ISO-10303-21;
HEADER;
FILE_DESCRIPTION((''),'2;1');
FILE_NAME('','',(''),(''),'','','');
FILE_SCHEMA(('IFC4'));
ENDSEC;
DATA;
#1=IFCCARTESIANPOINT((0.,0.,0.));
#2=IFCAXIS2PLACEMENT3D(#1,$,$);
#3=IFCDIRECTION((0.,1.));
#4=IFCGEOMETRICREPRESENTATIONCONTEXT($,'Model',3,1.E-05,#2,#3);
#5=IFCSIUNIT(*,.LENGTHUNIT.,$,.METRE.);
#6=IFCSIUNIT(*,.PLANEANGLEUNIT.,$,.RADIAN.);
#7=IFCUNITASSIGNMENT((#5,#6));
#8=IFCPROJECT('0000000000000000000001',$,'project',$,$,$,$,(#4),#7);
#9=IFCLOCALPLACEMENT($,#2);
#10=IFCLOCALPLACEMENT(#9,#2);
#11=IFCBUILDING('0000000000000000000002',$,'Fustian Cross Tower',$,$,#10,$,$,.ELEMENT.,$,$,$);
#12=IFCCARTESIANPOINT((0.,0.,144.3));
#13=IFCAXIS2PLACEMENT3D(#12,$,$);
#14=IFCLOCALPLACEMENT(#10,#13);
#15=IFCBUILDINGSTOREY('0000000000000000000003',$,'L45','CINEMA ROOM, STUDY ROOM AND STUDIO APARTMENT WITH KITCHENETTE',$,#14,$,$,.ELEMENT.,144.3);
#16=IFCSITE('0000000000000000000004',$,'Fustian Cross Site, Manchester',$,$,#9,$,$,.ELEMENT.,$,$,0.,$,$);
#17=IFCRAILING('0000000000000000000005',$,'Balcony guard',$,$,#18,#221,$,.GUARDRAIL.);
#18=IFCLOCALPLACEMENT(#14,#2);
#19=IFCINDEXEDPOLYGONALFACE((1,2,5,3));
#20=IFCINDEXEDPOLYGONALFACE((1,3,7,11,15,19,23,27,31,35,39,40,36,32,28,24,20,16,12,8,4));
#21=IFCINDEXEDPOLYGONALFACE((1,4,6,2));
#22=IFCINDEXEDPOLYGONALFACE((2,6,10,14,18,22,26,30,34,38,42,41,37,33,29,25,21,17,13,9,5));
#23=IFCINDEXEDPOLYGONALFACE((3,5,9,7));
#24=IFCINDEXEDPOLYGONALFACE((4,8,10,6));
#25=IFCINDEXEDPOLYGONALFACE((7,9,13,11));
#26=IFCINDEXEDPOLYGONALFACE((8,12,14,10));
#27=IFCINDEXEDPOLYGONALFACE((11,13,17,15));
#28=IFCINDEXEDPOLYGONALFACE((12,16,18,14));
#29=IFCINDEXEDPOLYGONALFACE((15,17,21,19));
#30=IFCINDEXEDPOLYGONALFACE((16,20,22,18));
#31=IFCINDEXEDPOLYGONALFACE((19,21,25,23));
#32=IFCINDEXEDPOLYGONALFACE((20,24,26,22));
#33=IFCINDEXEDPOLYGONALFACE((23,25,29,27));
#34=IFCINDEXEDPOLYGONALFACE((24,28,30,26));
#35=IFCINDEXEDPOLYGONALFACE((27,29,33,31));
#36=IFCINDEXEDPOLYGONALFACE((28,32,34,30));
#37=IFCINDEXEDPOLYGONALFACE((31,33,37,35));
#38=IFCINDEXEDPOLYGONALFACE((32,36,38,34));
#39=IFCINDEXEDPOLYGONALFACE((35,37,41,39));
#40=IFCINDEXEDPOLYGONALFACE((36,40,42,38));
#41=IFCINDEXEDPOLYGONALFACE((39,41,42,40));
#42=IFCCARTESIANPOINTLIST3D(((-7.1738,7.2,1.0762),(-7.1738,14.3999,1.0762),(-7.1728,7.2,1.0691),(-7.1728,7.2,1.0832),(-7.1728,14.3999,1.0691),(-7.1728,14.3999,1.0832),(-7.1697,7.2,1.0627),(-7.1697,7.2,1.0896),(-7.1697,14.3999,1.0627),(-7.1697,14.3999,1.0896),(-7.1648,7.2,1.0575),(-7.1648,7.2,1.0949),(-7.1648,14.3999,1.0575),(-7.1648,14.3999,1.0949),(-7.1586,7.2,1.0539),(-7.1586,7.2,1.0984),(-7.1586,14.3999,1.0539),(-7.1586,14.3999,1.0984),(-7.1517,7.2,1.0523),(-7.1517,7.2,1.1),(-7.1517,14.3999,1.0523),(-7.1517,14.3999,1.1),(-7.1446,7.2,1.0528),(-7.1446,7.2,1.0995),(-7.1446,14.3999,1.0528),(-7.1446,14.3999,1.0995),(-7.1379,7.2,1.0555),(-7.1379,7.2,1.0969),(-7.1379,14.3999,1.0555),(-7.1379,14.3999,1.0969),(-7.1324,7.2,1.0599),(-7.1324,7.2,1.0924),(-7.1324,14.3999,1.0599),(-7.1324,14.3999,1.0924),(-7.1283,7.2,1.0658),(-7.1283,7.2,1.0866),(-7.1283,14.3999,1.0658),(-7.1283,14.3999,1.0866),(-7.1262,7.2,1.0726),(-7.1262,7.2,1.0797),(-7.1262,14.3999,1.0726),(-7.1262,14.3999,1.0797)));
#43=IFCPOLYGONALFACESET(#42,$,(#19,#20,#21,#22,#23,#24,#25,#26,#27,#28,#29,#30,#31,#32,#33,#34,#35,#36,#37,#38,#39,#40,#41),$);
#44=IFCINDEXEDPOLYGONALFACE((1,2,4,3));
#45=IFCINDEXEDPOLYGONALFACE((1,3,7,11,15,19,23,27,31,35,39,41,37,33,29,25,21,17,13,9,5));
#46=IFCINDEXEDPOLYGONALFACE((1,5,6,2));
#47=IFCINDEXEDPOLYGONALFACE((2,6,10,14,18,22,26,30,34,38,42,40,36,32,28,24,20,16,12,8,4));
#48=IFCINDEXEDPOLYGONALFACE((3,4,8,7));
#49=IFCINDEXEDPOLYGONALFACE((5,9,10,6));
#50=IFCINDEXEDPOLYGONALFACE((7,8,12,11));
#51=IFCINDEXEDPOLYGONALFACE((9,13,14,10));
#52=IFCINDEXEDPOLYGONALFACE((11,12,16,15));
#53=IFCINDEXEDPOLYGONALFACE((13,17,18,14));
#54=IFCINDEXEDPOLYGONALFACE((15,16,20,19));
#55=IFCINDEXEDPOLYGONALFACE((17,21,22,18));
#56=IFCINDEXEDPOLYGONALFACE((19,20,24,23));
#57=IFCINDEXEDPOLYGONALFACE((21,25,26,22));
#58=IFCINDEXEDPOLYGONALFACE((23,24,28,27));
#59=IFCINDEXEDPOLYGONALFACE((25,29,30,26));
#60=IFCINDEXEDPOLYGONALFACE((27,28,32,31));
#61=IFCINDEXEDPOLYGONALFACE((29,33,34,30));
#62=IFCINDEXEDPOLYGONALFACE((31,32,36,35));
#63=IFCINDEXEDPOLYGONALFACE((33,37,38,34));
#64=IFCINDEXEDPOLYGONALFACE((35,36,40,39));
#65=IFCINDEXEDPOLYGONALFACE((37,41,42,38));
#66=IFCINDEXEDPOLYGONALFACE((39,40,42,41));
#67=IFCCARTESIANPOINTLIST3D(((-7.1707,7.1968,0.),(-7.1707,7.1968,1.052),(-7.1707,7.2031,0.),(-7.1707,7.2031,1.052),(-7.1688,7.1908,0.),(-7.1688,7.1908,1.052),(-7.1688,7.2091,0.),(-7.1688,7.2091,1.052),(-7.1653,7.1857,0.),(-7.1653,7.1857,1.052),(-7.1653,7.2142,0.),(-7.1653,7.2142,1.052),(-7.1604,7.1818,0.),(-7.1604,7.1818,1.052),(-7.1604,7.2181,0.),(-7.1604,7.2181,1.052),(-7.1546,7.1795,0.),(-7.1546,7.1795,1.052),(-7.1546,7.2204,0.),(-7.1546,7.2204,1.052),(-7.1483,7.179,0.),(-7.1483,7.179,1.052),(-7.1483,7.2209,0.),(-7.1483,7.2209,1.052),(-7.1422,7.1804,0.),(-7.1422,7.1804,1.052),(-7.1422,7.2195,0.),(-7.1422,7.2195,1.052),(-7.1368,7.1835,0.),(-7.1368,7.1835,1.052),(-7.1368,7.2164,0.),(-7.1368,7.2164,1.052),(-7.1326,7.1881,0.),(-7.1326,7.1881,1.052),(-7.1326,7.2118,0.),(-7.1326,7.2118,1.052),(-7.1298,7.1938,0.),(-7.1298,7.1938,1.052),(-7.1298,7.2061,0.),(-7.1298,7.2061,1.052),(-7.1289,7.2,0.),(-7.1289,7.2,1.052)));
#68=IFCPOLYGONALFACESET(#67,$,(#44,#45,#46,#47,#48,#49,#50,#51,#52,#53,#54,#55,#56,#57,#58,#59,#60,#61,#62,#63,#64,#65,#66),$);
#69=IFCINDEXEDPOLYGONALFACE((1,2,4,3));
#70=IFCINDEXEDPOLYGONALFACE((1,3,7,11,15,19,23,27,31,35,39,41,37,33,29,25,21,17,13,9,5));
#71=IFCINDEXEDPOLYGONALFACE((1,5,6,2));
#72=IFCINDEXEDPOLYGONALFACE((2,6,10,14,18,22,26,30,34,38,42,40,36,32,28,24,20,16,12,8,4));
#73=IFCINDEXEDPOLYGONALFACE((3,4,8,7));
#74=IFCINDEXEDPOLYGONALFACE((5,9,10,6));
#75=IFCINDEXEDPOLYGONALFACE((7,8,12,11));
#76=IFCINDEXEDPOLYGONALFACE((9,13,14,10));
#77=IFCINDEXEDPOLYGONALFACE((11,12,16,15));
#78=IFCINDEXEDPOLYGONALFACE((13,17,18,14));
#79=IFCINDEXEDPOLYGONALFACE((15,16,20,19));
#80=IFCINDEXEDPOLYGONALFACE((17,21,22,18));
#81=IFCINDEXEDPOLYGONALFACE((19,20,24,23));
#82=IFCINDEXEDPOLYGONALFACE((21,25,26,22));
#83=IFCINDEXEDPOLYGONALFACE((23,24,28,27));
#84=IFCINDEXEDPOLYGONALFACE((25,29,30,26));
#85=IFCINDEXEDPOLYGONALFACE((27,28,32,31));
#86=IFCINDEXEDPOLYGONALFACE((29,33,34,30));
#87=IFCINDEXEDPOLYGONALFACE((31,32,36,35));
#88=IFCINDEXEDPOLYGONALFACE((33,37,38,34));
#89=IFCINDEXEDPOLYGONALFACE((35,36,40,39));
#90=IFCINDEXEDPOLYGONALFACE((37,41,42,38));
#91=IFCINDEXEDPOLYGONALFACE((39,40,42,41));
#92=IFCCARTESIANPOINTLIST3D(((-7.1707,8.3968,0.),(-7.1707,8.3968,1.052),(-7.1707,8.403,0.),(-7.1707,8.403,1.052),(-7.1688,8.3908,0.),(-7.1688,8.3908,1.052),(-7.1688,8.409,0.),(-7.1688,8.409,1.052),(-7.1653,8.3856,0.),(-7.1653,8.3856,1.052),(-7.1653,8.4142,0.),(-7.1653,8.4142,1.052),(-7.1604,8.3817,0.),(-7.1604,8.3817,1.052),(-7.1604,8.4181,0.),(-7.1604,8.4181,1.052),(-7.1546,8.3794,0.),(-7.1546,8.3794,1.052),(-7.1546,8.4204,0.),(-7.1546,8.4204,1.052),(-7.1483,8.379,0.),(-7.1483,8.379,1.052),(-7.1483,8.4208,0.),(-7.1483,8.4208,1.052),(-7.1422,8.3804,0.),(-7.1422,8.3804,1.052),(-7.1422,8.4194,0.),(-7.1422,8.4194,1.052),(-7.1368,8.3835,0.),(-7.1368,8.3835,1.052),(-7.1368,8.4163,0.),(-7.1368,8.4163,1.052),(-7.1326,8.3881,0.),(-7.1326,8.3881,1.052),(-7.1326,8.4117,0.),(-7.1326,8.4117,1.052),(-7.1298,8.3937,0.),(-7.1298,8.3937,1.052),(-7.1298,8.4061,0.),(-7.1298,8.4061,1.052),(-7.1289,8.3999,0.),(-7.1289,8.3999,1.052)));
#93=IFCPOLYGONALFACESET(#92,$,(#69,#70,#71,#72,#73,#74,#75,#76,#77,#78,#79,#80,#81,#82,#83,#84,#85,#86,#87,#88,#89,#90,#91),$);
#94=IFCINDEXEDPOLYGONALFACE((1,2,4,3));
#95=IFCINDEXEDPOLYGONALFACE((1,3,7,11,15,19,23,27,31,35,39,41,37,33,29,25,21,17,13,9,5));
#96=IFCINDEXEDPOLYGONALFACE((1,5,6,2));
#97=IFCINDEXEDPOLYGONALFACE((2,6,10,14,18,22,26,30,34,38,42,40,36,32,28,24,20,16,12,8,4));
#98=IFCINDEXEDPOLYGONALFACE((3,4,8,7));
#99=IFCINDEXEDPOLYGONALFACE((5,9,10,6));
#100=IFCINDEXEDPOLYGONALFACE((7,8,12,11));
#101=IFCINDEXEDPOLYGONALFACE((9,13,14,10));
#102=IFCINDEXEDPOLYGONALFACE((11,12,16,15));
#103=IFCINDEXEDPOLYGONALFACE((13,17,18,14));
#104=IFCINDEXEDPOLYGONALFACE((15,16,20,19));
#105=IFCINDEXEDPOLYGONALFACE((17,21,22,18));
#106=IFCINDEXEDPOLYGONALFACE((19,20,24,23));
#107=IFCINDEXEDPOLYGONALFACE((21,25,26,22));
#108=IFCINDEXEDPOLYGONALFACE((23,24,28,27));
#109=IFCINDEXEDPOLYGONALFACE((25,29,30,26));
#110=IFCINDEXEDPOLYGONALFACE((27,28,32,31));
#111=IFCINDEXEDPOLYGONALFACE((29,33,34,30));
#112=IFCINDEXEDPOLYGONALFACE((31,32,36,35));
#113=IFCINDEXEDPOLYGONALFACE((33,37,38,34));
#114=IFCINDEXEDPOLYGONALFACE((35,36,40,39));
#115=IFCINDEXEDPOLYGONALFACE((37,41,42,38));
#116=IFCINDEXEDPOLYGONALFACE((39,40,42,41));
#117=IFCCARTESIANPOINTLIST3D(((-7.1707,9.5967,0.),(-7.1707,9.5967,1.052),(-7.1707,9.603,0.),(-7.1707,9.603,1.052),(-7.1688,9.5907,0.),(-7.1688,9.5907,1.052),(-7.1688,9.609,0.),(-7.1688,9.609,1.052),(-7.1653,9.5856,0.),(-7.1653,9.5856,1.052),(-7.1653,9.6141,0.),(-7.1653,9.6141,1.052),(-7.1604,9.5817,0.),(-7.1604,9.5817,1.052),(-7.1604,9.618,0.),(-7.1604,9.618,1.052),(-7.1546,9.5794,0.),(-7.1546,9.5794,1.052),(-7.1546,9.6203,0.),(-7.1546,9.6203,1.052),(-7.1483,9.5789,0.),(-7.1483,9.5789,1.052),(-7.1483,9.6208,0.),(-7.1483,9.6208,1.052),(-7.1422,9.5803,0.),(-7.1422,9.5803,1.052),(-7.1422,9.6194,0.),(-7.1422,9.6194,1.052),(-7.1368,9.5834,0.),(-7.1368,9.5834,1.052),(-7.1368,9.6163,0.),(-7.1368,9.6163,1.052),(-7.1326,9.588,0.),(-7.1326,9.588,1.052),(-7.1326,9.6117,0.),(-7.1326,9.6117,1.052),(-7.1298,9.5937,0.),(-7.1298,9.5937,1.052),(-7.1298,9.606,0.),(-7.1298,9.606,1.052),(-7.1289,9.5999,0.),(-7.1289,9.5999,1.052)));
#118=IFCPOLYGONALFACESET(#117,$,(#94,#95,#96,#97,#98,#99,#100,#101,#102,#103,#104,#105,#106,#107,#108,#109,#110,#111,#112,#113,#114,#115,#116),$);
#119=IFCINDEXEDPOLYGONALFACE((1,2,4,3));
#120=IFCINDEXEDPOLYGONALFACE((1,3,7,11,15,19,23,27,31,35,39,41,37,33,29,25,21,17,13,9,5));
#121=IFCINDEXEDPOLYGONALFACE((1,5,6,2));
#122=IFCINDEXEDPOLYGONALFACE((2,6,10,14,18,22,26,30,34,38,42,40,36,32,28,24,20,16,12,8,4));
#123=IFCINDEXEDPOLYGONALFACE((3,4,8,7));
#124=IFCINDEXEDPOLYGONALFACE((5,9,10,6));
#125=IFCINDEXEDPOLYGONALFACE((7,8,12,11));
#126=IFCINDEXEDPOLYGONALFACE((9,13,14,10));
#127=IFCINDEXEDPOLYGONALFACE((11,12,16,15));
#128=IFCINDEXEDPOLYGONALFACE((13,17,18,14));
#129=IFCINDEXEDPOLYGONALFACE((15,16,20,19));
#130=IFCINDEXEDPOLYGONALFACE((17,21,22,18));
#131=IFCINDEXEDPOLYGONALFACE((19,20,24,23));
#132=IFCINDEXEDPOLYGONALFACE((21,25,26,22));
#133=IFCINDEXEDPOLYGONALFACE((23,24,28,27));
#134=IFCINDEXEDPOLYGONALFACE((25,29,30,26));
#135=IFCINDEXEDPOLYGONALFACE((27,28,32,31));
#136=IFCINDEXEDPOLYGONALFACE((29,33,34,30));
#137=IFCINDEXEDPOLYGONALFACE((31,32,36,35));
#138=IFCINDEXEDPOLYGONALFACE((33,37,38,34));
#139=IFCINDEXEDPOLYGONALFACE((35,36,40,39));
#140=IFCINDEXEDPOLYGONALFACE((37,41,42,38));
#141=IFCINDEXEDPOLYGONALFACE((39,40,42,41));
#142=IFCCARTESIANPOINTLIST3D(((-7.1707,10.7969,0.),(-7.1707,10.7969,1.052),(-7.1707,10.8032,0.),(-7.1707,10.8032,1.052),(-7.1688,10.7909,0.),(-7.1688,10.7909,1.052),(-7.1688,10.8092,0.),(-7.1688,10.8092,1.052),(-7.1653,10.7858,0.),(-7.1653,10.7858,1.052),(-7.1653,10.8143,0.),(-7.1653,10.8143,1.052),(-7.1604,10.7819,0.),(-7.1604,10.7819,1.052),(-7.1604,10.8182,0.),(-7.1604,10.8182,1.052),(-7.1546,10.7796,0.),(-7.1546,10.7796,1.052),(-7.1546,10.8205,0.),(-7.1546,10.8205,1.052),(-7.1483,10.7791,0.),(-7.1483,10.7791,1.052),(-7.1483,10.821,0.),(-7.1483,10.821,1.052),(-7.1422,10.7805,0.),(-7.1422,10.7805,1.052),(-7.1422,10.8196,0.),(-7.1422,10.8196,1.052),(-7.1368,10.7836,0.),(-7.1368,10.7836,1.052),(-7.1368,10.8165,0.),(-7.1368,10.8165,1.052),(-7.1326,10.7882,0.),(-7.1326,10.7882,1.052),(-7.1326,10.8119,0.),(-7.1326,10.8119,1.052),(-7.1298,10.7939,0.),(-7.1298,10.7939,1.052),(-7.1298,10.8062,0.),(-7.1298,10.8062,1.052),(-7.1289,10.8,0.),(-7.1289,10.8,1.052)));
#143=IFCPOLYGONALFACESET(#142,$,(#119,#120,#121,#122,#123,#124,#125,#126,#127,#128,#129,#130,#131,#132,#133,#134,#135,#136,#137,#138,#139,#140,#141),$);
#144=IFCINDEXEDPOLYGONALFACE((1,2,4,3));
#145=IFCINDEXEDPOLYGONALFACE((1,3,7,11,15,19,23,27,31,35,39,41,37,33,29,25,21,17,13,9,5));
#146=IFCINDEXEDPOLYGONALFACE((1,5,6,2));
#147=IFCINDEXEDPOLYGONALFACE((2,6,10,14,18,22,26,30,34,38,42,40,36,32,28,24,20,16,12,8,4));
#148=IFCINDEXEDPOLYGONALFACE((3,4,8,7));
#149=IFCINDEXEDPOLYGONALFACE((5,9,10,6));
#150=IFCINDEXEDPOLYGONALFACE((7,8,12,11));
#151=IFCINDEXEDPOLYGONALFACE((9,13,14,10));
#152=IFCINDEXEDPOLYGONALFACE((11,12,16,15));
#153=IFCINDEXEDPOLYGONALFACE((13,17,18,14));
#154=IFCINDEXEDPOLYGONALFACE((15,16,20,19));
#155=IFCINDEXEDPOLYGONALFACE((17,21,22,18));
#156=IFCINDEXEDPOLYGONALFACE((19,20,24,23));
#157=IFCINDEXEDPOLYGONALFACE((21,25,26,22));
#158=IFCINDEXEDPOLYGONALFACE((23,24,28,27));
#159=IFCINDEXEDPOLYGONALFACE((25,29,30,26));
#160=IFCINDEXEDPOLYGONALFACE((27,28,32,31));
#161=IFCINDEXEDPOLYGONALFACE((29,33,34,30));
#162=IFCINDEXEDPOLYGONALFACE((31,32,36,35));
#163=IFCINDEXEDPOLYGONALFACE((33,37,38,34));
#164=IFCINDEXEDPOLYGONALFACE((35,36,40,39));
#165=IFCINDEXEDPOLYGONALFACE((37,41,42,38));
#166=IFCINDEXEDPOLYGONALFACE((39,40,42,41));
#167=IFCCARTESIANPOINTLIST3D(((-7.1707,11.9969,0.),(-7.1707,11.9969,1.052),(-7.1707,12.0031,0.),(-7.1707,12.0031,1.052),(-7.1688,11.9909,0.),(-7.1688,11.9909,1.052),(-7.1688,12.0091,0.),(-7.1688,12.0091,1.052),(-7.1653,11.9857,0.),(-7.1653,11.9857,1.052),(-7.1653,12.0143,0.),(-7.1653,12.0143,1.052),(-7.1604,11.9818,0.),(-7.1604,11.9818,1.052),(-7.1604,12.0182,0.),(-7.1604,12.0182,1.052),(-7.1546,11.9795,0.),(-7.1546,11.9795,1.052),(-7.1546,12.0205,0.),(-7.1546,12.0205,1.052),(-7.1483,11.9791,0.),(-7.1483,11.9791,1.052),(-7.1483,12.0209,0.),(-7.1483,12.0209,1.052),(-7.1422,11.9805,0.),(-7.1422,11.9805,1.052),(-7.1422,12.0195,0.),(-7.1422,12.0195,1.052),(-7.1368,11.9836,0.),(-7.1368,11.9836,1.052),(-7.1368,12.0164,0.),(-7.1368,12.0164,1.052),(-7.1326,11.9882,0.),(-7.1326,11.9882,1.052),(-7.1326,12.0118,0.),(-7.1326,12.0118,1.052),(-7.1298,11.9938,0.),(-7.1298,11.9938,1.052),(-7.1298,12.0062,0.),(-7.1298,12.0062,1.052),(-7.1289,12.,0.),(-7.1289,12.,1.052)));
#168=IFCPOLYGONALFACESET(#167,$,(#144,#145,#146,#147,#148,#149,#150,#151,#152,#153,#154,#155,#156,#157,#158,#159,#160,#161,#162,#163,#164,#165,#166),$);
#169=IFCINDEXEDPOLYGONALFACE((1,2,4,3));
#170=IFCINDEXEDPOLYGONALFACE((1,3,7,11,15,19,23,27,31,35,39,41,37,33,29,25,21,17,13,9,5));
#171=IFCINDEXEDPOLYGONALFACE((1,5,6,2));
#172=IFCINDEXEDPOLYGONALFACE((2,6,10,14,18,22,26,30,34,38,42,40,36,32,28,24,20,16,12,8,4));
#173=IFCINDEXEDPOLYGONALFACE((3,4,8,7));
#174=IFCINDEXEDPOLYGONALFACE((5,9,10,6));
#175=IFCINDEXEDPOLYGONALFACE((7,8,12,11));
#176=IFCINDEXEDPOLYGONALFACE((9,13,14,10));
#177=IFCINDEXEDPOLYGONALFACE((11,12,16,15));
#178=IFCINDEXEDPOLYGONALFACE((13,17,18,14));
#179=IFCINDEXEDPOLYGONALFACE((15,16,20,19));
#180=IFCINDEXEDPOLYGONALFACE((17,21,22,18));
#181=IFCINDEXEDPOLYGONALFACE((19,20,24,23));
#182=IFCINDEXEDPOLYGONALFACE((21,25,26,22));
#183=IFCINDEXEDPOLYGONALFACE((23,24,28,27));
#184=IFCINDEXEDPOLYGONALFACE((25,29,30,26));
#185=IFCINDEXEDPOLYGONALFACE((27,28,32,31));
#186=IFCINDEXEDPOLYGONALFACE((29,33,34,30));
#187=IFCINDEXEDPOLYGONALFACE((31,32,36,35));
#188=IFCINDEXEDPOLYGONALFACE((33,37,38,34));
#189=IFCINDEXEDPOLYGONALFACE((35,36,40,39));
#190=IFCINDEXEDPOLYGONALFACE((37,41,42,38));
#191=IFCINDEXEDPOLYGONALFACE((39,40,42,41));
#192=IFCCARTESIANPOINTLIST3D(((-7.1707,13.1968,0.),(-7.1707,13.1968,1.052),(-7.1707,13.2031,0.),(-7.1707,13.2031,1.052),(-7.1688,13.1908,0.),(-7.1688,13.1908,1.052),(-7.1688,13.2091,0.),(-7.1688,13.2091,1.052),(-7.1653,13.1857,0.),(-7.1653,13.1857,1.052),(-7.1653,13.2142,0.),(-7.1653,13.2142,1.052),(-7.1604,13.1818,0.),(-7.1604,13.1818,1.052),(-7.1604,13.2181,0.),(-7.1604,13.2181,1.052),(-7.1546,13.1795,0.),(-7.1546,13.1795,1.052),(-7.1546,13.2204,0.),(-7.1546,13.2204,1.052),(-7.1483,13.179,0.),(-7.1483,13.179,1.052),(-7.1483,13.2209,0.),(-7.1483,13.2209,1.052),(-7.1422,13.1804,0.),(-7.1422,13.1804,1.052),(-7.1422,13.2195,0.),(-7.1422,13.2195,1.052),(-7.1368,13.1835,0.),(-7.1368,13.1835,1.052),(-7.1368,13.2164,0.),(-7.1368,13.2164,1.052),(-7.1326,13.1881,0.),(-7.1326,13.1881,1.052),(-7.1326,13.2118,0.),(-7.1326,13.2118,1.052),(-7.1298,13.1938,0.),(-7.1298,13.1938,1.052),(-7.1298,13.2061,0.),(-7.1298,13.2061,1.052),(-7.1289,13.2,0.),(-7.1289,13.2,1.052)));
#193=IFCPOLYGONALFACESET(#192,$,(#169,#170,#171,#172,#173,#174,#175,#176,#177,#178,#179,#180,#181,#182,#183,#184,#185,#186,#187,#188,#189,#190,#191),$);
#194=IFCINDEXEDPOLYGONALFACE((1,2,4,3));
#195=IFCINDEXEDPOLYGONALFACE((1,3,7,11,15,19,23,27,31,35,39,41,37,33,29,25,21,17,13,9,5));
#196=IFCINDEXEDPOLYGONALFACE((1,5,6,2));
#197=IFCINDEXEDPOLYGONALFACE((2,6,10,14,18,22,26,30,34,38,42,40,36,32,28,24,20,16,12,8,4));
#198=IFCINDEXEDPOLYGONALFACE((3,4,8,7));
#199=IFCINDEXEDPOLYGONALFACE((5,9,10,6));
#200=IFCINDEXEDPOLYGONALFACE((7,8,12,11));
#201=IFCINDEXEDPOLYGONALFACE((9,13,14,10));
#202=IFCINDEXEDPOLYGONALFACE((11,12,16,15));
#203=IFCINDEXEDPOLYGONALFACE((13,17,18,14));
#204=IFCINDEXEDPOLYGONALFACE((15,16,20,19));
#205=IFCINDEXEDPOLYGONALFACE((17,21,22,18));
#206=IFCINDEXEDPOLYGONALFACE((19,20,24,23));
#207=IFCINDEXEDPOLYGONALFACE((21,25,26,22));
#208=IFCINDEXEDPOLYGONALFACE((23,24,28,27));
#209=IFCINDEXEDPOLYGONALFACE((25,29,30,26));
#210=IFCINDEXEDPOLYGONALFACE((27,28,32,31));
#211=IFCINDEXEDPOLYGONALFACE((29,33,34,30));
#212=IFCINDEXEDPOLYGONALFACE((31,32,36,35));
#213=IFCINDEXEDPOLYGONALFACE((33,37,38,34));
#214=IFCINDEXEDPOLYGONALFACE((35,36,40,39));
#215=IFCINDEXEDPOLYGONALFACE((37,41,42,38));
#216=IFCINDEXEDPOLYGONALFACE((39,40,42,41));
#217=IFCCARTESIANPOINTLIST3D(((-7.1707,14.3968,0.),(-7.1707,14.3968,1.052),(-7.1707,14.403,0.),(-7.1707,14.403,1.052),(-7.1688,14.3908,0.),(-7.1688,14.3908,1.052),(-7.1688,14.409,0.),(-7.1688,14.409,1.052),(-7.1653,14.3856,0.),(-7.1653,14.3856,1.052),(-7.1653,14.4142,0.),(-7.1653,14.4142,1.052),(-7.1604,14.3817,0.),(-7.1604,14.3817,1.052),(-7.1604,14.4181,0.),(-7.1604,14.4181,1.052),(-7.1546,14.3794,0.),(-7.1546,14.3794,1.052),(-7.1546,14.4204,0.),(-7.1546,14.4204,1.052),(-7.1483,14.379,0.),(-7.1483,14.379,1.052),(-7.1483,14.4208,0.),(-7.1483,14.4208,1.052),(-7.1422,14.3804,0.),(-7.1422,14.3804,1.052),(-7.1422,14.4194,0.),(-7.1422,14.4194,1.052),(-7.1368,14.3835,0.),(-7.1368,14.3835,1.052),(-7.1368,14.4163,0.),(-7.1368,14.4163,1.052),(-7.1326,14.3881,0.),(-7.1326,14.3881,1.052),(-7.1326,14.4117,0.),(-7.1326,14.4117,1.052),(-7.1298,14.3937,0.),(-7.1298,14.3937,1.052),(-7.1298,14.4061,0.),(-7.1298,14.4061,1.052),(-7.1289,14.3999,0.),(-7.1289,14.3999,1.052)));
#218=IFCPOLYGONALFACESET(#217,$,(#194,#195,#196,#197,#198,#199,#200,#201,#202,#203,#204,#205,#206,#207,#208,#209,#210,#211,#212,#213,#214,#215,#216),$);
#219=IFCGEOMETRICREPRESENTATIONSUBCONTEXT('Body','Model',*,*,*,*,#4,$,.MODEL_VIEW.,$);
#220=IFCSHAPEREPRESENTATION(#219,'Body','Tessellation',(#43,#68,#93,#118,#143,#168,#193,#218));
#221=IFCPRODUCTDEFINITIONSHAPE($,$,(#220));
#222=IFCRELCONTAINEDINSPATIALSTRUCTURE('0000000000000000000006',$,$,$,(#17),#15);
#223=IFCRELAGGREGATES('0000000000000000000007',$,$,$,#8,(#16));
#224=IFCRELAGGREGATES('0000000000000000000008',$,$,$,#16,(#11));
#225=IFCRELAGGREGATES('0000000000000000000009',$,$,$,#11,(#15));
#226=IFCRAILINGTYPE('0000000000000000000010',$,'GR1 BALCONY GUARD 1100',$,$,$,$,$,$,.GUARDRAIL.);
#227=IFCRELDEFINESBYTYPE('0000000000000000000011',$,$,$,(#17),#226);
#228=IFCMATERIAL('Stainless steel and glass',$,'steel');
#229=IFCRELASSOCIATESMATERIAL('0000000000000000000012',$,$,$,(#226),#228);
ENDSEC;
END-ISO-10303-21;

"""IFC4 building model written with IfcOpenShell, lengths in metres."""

from ifc_helpers import new_model, si_unit, direction, frame, origin, origin_2d, place, context, subcontext, project, spatial, circle, extrude, material, type_object, element, save


model = new_model("IFC4")

# Units and contexts
model_context = context("Model", 3, precision=1e-05, world=origin(), true_north=direction((0.0, 1.0)))
body_context = subcontext(model_context, "Body", "Model", "MODEL_VIEW")
ifc_project = project(units=[si_unit("LENGTHUNIT", "METRE"), si_unit("PLANEANGLEUNIT", "RADIAN")], contexts=[model_context])

# Site, building, storey
site_placement = place(None, origin())
site = spatial("IfcSite", under=ifc_project, at=site_placement, Name="Fustian Cross Site, Manchester", CompositionType="ELEMENT", RefElevation=0.0)
building_placement = place(site_placement, origin())
building = spatial("IfcBuilding", under=site, at=building_placement, Name="Fustian Cross Tower", CompositionType="ELEMENT")
storey_placement = place(building_placement, frame((0.0, 0.0, 144.3)))
storey = spatial("IfcBuildingStorey", under=building, at=storey_placement, Name="L45", Description="CINEMA ROOM, STUDY ROOM AND STUDIO APARTMENT WITH KITCHENETTE", CompositionType="ELEMENT", Elevation=144.3)

# Railing
ifc_material_1 = material(Name="Stainless steel and glass", Category="steel")
railing_type = type_object("IfcRailingType", Name="GR1 BALCONY GUARD 1100", PredefinedType="GUARDRAIL", material=ifc_material_1)
railing_placement = place(storey_placement, frame((-7.1499, 7.2, 0.0)))
element("IfcRailing", 1, at=railing_placement, inside=storey, type_object=railing_type, Name="Balcony guard", PredefinedType="GUARDRAIL", context=body_context, shape_type="SweptSolid", body=[
    extrude(circle(Radius=0.0239, at=origin_2d()), frame((0.0, 0.0, 1.0762), z_axis=(0.0, 1.0, 0.0), x_axis=(-1.0, 0.0, 0.0)), (0.0, 0.0, 1.0), 7.2),
    extrude(circle(Radius=0.021, at=origin_2d()), origin(), (0.0, 0.0, 1.0), 1.052),
    extrude(circle(Radius=0.021, at=origin_2d()), frame((0.0, 1.2, 0.0)), (0.0, 0.0, 1.0), 1.052),
    extrude(circle(Radius=0.021, at=origin_2d()), frame((0.0, 2.3999, 0.0)), (0.0, 0.0, 1.0), 1.052),
    extrude(circle(Radius=0.021, at=origin_2d()), frame((0.0, 3.6001, 0.0)), (0.0, 0.0, 1.0), 1.052),
    extrude(circle(Radius=0.021, at=origin_2d()), frame((0.0, 4.8, 0.0)), (0.0, 0.0, 1.0), 1.052),
    extrude(circle(Radius=0.021, at=origin_2d()), frame((0.0, 6.0, 0.0)), (0.0, 0.0, 1.0), 1.052),
    extrude(circle(Radius=0.021, at=origin_2d()), frame((0.0, 7.2, 0.0)), (0.0, 0.0, 1.0), 1.052),
])

save(model, "model.ifc")
